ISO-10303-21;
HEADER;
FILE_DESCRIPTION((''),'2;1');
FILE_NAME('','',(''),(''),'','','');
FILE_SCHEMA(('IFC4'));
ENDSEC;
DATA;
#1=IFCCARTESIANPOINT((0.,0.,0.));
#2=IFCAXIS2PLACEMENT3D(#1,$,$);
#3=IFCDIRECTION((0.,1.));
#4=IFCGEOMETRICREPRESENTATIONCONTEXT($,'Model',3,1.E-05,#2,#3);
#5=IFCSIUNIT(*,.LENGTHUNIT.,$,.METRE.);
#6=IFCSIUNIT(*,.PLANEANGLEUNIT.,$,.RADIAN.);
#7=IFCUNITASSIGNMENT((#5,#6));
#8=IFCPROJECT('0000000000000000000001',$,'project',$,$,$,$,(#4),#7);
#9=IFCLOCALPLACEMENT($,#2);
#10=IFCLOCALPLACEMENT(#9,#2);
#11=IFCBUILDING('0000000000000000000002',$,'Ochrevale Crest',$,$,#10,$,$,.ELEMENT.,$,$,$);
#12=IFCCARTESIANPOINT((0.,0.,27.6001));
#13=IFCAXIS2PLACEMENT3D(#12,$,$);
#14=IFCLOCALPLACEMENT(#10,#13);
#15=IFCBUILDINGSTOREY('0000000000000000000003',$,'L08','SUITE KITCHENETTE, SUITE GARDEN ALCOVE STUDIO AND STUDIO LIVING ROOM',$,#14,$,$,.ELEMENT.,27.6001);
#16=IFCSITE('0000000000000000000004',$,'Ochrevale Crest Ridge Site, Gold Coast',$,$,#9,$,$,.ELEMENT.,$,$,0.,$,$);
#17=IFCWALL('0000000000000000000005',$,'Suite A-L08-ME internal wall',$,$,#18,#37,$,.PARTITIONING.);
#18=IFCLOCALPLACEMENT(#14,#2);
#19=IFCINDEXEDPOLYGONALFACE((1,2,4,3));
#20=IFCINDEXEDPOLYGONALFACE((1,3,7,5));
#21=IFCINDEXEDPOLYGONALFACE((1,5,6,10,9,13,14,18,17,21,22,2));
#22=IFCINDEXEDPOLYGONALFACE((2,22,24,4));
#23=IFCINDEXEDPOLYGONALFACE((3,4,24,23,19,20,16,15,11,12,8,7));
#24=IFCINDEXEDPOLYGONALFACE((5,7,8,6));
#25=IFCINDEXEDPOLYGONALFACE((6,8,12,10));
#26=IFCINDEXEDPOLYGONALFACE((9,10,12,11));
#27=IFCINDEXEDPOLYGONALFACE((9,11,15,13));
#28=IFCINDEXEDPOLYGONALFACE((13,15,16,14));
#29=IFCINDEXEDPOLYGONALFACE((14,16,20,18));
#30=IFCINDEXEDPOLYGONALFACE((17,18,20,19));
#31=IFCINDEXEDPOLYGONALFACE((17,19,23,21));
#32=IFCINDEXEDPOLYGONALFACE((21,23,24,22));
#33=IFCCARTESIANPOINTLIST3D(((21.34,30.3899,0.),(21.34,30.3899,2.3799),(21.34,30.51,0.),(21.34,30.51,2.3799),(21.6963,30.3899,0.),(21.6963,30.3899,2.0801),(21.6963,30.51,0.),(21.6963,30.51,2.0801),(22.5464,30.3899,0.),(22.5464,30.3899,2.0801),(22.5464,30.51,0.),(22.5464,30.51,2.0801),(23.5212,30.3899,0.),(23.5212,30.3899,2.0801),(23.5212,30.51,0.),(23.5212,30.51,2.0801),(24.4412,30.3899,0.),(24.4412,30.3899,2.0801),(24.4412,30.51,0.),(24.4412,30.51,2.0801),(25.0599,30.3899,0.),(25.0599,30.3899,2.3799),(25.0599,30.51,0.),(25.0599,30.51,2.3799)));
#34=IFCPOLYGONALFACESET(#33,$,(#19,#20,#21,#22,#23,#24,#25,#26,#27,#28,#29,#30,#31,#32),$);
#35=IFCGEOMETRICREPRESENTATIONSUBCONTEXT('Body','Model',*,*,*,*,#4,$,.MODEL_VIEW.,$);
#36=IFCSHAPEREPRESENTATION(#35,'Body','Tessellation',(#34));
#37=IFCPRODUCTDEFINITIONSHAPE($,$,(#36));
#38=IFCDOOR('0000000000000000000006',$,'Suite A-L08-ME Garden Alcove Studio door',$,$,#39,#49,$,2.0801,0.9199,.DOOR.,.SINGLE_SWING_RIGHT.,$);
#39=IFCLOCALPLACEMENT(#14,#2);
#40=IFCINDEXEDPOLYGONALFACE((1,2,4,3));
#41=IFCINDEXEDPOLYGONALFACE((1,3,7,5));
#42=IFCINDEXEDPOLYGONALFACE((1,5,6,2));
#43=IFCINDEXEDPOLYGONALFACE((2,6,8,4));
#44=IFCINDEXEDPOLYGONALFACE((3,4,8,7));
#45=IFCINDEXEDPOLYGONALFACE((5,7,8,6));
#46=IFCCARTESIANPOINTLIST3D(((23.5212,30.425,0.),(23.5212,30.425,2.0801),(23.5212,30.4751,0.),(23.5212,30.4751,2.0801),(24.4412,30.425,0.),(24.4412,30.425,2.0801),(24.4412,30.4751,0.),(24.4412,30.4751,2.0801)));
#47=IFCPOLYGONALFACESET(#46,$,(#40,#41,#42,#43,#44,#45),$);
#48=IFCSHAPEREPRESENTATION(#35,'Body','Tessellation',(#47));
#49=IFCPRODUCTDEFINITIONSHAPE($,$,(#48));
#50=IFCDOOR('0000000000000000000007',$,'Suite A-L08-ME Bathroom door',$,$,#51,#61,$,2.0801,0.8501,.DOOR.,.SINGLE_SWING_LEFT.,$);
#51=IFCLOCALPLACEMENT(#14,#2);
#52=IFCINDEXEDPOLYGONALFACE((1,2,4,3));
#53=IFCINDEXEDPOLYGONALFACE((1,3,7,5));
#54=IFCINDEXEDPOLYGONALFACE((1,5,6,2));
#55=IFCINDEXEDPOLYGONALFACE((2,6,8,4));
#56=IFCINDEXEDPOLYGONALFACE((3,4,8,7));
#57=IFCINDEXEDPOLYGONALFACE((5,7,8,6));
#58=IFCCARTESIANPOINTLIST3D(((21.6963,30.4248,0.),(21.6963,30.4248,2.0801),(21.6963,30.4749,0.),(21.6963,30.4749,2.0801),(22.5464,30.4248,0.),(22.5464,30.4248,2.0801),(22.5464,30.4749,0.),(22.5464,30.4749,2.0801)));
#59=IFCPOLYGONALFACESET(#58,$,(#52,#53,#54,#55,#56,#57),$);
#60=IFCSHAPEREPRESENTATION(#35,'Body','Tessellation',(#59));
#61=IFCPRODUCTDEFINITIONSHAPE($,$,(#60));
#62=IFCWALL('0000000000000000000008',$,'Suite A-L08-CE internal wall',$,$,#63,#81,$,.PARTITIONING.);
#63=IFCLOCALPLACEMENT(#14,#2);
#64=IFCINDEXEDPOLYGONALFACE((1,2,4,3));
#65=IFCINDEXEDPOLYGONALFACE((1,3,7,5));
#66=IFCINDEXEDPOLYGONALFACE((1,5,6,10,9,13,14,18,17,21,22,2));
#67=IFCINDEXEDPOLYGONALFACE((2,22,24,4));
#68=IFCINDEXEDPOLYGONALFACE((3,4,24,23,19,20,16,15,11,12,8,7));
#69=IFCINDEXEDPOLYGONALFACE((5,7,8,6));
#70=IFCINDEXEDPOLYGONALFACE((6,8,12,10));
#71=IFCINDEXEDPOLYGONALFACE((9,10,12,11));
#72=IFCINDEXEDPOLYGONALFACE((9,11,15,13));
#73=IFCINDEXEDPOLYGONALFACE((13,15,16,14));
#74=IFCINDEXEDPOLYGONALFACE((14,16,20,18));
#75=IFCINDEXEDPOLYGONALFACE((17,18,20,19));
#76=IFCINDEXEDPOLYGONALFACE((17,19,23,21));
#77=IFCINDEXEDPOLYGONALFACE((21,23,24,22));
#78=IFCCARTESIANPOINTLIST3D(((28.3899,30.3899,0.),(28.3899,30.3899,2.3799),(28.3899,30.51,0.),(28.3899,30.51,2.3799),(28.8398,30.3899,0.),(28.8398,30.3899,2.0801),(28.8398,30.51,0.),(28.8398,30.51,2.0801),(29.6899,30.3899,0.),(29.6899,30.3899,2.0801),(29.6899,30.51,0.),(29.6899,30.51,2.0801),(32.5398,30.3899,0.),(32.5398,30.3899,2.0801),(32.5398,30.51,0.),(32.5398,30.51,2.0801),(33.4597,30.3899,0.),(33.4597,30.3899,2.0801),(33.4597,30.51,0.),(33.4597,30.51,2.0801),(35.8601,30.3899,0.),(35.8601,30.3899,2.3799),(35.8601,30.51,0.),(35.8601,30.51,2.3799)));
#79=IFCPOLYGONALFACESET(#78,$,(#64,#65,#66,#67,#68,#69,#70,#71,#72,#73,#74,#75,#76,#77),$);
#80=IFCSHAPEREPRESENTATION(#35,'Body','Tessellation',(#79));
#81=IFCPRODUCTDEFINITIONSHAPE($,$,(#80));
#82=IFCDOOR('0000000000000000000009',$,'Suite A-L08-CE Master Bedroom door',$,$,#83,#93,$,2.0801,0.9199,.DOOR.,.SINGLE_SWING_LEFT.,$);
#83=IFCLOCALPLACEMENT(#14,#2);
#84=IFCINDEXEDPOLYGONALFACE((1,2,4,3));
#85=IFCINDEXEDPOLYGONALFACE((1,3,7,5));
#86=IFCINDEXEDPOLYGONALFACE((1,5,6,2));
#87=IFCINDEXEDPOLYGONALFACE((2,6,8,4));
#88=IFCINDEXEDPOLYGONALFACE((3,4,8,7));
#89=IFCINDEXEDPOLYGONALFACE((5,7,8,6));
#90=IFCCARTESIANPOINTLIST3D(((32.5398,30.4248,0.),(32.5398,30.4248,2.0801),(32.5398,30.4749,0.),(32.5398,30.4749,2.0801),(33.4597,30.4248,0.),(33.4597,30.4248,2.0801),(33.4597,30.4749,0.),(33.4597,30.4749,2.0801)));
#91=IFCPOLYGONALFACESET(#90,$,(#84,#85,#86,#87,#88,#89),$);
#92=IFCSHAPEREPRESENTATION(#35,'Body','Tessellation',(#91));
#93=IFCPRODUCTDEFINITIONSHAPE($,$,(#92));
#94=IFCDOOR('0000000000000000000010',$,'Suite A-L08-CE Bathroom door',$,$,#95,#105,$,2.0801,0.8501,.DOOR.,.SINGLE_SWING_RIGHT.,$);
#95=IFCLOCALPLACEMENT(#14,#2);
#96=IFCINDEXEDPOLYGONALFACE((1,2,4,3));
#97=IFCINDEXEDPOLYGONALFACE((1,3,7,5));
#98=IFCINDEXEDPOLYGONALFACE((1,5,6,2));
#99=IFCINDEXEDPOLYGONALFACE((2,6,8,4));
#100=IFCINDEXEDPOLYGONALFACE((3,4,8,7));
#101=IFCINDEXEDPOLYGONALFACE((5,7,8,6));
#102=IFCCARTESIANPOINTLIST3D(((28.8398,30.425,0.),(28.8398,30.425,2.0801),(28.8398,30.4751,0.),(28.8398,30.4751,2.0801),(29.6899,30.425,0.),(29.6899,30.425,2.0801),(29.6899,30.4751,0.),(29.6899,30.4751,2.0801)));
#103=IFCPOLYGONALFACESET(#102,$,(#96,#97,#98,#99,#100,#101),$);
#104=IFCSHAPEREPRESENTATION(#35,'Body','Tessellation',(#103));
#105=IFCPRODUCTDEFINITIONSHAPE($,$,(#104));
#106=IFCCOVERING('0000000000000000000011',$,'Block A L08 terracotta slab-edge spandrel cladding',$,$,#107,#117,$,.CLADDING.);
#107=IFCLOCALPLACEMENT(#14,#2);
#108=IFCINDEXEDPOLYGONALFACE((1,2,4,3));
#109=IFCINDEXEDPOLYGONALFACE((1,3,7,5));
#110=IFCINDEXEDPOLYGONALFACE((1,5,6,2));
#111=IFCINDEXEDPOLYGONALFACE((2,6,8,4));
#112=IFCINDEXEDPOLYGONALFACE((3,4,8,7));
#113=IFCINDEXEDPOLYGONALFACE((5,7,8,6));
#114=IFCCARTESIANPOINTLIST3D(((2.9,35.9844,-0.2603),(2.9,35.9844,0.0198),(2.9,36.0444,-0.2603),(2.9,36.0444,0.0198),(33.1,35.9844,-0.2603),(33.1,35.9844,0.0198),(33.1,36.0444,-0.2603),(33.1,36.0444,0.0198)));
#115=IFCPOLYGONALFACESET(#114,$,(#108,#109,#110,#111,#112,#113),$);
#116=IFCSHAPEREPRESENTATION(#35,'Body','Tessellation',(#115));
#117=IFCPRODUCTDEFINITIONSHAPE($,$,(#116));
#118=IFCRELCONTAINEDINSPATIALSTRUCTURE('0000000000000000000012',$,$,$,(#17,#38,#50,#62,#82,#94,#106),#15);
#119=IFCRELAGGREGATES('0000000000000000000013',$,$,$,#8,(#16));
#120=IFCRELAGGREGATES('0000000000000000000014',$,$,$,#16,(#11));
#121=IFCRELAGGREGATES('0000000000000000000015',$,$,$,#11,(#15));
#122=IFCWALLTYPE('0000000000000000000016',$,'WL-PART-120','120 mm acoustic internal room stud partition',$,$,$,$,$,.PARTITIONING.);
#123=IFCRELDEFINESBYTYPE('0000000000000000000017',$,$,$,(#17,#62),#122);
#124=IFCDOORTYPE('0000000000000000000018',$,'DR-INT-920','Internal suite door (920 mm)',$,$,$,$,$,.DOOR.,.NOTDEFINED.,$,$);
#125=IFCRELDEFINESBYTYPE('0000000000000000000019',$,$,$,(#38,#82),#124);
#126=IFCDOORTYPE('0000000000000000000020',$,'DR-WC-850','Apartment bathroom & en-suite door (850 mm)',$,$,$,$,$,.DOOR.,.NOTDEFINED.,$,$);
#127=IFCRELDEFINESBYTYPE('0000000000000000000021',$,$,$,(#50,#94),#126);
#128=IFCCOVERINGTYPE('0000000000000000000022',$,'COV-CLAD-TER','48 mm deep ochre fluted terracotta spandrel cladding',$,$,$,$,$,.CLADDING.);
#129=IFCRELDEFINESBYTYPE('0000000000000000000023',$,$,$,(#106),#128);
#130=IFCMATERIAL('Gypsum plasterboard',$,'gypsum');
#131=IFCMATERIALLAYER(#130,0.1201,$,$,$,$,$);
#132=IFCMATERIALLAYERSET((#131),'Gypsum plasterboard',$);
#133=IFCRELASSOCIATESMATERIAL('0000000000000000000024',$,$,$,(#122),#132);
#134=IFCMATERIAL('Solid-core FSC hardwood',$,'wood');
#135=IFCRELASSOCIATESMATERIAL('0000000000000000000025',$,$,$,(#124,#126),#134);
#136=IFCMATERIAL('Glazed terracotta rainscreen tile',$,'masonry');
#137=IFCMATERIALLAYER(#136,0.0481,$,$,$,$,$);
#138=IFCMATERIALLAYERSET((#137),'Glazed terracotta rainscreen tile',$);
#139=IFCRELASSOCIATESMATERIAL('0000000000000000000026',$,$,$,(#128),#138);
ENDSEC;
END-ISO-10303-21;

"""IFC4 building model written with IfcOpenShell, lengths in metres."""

from ifc_helpers import new_model, si_unit, direction, frame, frame_2d, origin, origin_2d, place, context, subcontext, project, spatial, rectangle, extrude, material, layer, layer_set, type_object, element, fill, save


model = new_model("IFC4")

# Units and contexts
model_context = context("Model", 3, precision=1e-05, world=origin(), true_north=direction((0.0, 1.0)))
body_context = subcontext(model_context, "Body", "Model", "MODEL_VIEW")
ifc_project = project(units=[si_unit("LENGTHUNIT", "METRE"), si_unit("PLANEANGLEUNIT", "RADIAN")], contexts=[model_context])

# Site, building, storey
site_placement = place(None, origin())
site = spatial("IfcSite", under=ifc_project, at=site_placement, Name="Ochrevale Crest Ridge Site, Gold Coast", CompositionType="ELEMENT", RefElevation=0.0)
building_placement = place(site_placement, origin())
building = spatial("IfcBuilding", under=site, at=building_placement, Name="Ochrevale Crest", CompositionType="ELEMENT")
storey_placement = place(building_placement, frame((0.0, 0.0, 27.6001)))
storey = spatial("IfcBuildingStorey", under=building, at=storey_placement, Name="L08", Description="SUITE KITCHENETTE, SUITE GARDEN ALCOVE STUDIO AND STUDIO LIVING ROOM", CompositionType="ELEMENT", Elevation=27.6001)

# Walls, openings, doors
ifc_material_1 = material(Name="Gypsum plasterboard", Category="gypsum")
ifc_layer_1 = layer(ifc_material_1, 0.1201)
ifc_layer_set_1 = layer_set([ifc_layer_1], Name="Gypsum plasterboard")
wall_type_1 = type_object("IfcWallType", Name="WL-PART-120", Description="120 mm acoustic internal room stud partition", PredefinedType="PARTITIONING", material=ifc_layer_set_1)
wall_1_placement = place(storey_placement, frame((21.3401, 30.45, 0.0), z_axis=(0.0, 0.0, 1.0), x_axis=(1.0, 0.0, 0.0)))
wall_1 = element("IfcWall", 1, at=wall_1_placement, inside=storey, type_object=wall_type_1, Name="Suite A-L08-ME internal wall", PredefinedType="PARTITIONING", context=body_context, shape_type="SweptSolid", body=[
    extrude(rectangle(XDim=3.72, YDim=0.1201, at=frame_2d((1.8599, 0.0))), origin(), (0.0, 0.0, 1.0), 2.3799),
])
opening_1_placement = place(wall_1_placement, frame((0.3562, 0.0, 0.0)))
opening_1 = element("IfcOpeningElement", 2, at=opening_1_placement, cuts=wall_1, PredefinedType="OPENING", context=body_context, shape_type="SweptSolid", body=[
    extrude(rectangle(XDim=0.8501, YDim=2.0801, at=frame_2d((0.425, 1.04))), frame((0.0, 0.0701, 0.0), z_axis=(0.0, -1.0, 0.0), x_axis=(1.0, 0.0, 0.0)), (0.0, 0.0, 1.0), 0.1401),
])
opening_2_placement = place(wall_1_placement, frame((3.1011, 0.0, 0.0), z_axis=(0.0, 0.0, 1.0), x_axis=(-1.0, 0.0, 0.0)))
opening_2 = element("IfcOpeningElement", 3, at=opening_2_placement, cuts=wall_1, PredefinedType="OPENING", context=body_context, shape_type="SweptSolid", body=[
    extrude(rectangle(XDim=0.9199, YDim=2.0801, at=frame_2d((0.46, 1.04))), frame((0.0, 0.0701, 0.0), z_axis=(0.0, -1.0, 0.0), x_axis=(1.0, 0.0, 0.0)), (0.0, 0.0, 1.0), 0.1401),
])
ifc_material_2 = material(Name="Solid-core FSC hardwood", Category="wood")
door_type_1 = type_object("IfcDoorType", Name="DR-INT-920", Description="Internal suite door (920 mm)", OperationType="NOTDEFINED", PredefinedType="DOOR", material=ifc_material_2)
door_1_placement = place(opening_2_placement, origin())
door_1 = element("IfcDoor", 4, at=door_1_placement, inside=storey, type_object=door_type_1, Name="Suite A-L08-ME Garden Alcove Studio door", OperationType="SINGLE_SWING_RIGHT", OverallHeight=2.0801, OverallWidth=0.9199, PredefinedType="DOOR", context=body_context, shape_type="SweptSolid", body=[
    extrude(rectangle(XDim=0.9199, YDim=2.0801, at=frame_2d((0.46, 1.04))), frame((0.0, 0.0249, 0.0), z_axis=(0.0, -1.0, 0.0), x_axis=(1.0, 0.0, 0.0)), (0.0, 0.0, 1.0), 0.05),
])
fill(opening_2, door_1)
door_type_2 = type_object("IfcDoorType", Name="DR-WC-850", Description="Apartment bathroom & en-suite door (850 mm)", OperationType="NOTDEFINED", PredefinedType="DOOR", material=ifc_material_2)
door_2_placement = place(opening_1_placement, origin())
door_2 = element("IfcDoor", 5, at=door_2_placement, inside=storey, type_object=door_type_2, Name="Suite A-L08-ME Bathroom door", OperationType="SINGLE_SWING_LEFT", OverallHeight=2.0801, OverallWidth=0.8501, PredefinedType="DOOR", context=body_context, shape_type="SweptSolid", body=[
    extrude(rectangle(XDim=0.8501, YDim=2.0801, at=frame_2d((0.425, 1.04))), frame((0.0, 0.0249, 0.0), z_axis=(0.0, -1.0, 0.0), x_axis=(1.0, 0.0, 0.0)), (0.0, 0.0, 1.0), 0.05),
])
fill(opening_1, door_2)
wall_2_placement = place(storey_placement, frame((28.3899, 30.45, 0.0), z_axis=(0.0, 0.0, 1.0), x_axis=(1.0, 0.0, 0.0)))
wall_2 = element("IfcWall", 6, at=wall_2_placement, inside=storey, type_object=wall_type_1, Name="Suite A-L08-CE internal wall", PredefinedType="PARTITIONING", context=body_context, shape_type="SweptSolid", body=[
    extrude(rectangle(XDim=7.4702, YDim=0.1201, at=frame_2d((3.7351, 0.0))), origin(), (0.0, 0.0, 1.0), 2.3799),
])
opening_3_placement = place(wall_2_placement, frame((1.3, 0.0, 0.0), z_axis=(0.0, 0.0, 1.0), x_axis=(-1.0, 0.0, 0.0)))
opening_3 = element("IfcOpeningElement", 7, at=opening_3_placement, cuts=wall_2, PredefinedType="OPENING", context=body_context, shape_type="SweptSolid", body=[
    extrude(rectangle(XDim=0.8501, YDim=2.0801, at=frame_2d((0.425, 1.04))), frame((0.0, 0.0701, 0.0), z_axis=(0.0, -1.0, 0.0), x_axis=(1.0, 0.0, 0.0)), (0.0, 0.0, 1.0), 0.1401),
])
opening_4_placement = place(wall_2_placement, frame((4.1499, 0.0, 0.0)))
opening_4 = element("IfcOpeningElement", 8, at=opening_4_placement, cuts=wall_2, PredefinedType="OPENING", context=body_context, shape_type="SweptSolid", body=[
    extrude(rectangle(XDim=0.9199, YDim=2.0801, at=frame_2d((0.46, 1.04))), frame((0.0, 0.0701, 0.0), z_axis=(0.0, -1.0, 0.0), x_axis=(1.0, 0.0, 0.0)), (0.0, 0.0, 1.0), 0.1401),
])
door_3_placement = place(opening_4_placement, origin())
door_3 = element("IfcDoor", 9, at=door_3_placement, inside=storey, type_object=door_type_1, Name="Suite A-L08-CE Master Bedroom door", OperationType="SINGLE_SWING_LEFT", OverallHeight=2.0801, OverallWidth=0.9199, PredefinedType="DOOR", context=body_context, shape_type="SweptSolid", body=[
    extrude(rectangle(XDim=0.9199, YDim=2.0801, at=frame_2d((0.46, 1.04))), frame((0.0, 0.0249, 0.0), z_axis=(0.0, -1.0, 0.0), x_axis=(1.0, 0.0, 0.0)), (0.0, 0.0, 1.0), 0.05),
])
fill(opening_4, door_3)
door_4_placement = place(opening_3_placement, origin())
door_4 = element("IfcDoor", 10, at=door_4_placement, inside=storey, type_object=door_type_2, Name="Suite A-L08-CE Bathroom door", OperationType="SINGLE_SWING_RIGHT", OverallHeight=2.0801, OverallWidth=0.8501, PredefinedType="DOOR", context=body_context, shape_type="SweptSolid", body=[
    extrude(rectangle(XDim=0.8501, YDim=2.0801, at=frame_2d((0.425, 1.04))), frame((0.0, 0.0249, 0.0), z_axis=(0.0, -1.0, 0.0), x_axis=(1.0, 0.0, 0.0)), (0.0, 0.0, 1.0), 0.05),
])
fill(opening_3, door_4)

# Covering
ifc_material_3 = material(Name="Glazed terracotta rainscreen tile", Category="masonry")
ifc_layer_2 = layer(ifc_material_3, 0.0481)
ifc_layer_set_2 = layer_set([ifc_layer_2], Name="Glazed terracotta rainscreen tile")
covering_type = type_object("IfcCoveringType", Name="COV-CLAD-TER", Description="48 mm deep ochre fluted terracotta spandrel cladding", PredefinedType="CLADDING", material=ifc_layer_set_2)
covering_placement = place(storey_placement, frame((18.0, 36.0144, -0.2603), z_axis=(0.0, 0.0, 1.0), x_axis=(-1.0, 0.0, 0.0)))
element("IfcCovering", 11, at=covering_placement, inside=storey, type_object=covering_type, Name="Block A L08 terracotta slab-edge spandrel cladding", PredefinedType="CLADDING", context=body_context, shape_type="SweptSolid", body=[
    extrude(rectangle(XDim=30.2, YDim=0.0601, at=origin_2d()), origin(), (0.0, 0.0, 1.0), 0.28),
])

save(model, "model.ifc")
